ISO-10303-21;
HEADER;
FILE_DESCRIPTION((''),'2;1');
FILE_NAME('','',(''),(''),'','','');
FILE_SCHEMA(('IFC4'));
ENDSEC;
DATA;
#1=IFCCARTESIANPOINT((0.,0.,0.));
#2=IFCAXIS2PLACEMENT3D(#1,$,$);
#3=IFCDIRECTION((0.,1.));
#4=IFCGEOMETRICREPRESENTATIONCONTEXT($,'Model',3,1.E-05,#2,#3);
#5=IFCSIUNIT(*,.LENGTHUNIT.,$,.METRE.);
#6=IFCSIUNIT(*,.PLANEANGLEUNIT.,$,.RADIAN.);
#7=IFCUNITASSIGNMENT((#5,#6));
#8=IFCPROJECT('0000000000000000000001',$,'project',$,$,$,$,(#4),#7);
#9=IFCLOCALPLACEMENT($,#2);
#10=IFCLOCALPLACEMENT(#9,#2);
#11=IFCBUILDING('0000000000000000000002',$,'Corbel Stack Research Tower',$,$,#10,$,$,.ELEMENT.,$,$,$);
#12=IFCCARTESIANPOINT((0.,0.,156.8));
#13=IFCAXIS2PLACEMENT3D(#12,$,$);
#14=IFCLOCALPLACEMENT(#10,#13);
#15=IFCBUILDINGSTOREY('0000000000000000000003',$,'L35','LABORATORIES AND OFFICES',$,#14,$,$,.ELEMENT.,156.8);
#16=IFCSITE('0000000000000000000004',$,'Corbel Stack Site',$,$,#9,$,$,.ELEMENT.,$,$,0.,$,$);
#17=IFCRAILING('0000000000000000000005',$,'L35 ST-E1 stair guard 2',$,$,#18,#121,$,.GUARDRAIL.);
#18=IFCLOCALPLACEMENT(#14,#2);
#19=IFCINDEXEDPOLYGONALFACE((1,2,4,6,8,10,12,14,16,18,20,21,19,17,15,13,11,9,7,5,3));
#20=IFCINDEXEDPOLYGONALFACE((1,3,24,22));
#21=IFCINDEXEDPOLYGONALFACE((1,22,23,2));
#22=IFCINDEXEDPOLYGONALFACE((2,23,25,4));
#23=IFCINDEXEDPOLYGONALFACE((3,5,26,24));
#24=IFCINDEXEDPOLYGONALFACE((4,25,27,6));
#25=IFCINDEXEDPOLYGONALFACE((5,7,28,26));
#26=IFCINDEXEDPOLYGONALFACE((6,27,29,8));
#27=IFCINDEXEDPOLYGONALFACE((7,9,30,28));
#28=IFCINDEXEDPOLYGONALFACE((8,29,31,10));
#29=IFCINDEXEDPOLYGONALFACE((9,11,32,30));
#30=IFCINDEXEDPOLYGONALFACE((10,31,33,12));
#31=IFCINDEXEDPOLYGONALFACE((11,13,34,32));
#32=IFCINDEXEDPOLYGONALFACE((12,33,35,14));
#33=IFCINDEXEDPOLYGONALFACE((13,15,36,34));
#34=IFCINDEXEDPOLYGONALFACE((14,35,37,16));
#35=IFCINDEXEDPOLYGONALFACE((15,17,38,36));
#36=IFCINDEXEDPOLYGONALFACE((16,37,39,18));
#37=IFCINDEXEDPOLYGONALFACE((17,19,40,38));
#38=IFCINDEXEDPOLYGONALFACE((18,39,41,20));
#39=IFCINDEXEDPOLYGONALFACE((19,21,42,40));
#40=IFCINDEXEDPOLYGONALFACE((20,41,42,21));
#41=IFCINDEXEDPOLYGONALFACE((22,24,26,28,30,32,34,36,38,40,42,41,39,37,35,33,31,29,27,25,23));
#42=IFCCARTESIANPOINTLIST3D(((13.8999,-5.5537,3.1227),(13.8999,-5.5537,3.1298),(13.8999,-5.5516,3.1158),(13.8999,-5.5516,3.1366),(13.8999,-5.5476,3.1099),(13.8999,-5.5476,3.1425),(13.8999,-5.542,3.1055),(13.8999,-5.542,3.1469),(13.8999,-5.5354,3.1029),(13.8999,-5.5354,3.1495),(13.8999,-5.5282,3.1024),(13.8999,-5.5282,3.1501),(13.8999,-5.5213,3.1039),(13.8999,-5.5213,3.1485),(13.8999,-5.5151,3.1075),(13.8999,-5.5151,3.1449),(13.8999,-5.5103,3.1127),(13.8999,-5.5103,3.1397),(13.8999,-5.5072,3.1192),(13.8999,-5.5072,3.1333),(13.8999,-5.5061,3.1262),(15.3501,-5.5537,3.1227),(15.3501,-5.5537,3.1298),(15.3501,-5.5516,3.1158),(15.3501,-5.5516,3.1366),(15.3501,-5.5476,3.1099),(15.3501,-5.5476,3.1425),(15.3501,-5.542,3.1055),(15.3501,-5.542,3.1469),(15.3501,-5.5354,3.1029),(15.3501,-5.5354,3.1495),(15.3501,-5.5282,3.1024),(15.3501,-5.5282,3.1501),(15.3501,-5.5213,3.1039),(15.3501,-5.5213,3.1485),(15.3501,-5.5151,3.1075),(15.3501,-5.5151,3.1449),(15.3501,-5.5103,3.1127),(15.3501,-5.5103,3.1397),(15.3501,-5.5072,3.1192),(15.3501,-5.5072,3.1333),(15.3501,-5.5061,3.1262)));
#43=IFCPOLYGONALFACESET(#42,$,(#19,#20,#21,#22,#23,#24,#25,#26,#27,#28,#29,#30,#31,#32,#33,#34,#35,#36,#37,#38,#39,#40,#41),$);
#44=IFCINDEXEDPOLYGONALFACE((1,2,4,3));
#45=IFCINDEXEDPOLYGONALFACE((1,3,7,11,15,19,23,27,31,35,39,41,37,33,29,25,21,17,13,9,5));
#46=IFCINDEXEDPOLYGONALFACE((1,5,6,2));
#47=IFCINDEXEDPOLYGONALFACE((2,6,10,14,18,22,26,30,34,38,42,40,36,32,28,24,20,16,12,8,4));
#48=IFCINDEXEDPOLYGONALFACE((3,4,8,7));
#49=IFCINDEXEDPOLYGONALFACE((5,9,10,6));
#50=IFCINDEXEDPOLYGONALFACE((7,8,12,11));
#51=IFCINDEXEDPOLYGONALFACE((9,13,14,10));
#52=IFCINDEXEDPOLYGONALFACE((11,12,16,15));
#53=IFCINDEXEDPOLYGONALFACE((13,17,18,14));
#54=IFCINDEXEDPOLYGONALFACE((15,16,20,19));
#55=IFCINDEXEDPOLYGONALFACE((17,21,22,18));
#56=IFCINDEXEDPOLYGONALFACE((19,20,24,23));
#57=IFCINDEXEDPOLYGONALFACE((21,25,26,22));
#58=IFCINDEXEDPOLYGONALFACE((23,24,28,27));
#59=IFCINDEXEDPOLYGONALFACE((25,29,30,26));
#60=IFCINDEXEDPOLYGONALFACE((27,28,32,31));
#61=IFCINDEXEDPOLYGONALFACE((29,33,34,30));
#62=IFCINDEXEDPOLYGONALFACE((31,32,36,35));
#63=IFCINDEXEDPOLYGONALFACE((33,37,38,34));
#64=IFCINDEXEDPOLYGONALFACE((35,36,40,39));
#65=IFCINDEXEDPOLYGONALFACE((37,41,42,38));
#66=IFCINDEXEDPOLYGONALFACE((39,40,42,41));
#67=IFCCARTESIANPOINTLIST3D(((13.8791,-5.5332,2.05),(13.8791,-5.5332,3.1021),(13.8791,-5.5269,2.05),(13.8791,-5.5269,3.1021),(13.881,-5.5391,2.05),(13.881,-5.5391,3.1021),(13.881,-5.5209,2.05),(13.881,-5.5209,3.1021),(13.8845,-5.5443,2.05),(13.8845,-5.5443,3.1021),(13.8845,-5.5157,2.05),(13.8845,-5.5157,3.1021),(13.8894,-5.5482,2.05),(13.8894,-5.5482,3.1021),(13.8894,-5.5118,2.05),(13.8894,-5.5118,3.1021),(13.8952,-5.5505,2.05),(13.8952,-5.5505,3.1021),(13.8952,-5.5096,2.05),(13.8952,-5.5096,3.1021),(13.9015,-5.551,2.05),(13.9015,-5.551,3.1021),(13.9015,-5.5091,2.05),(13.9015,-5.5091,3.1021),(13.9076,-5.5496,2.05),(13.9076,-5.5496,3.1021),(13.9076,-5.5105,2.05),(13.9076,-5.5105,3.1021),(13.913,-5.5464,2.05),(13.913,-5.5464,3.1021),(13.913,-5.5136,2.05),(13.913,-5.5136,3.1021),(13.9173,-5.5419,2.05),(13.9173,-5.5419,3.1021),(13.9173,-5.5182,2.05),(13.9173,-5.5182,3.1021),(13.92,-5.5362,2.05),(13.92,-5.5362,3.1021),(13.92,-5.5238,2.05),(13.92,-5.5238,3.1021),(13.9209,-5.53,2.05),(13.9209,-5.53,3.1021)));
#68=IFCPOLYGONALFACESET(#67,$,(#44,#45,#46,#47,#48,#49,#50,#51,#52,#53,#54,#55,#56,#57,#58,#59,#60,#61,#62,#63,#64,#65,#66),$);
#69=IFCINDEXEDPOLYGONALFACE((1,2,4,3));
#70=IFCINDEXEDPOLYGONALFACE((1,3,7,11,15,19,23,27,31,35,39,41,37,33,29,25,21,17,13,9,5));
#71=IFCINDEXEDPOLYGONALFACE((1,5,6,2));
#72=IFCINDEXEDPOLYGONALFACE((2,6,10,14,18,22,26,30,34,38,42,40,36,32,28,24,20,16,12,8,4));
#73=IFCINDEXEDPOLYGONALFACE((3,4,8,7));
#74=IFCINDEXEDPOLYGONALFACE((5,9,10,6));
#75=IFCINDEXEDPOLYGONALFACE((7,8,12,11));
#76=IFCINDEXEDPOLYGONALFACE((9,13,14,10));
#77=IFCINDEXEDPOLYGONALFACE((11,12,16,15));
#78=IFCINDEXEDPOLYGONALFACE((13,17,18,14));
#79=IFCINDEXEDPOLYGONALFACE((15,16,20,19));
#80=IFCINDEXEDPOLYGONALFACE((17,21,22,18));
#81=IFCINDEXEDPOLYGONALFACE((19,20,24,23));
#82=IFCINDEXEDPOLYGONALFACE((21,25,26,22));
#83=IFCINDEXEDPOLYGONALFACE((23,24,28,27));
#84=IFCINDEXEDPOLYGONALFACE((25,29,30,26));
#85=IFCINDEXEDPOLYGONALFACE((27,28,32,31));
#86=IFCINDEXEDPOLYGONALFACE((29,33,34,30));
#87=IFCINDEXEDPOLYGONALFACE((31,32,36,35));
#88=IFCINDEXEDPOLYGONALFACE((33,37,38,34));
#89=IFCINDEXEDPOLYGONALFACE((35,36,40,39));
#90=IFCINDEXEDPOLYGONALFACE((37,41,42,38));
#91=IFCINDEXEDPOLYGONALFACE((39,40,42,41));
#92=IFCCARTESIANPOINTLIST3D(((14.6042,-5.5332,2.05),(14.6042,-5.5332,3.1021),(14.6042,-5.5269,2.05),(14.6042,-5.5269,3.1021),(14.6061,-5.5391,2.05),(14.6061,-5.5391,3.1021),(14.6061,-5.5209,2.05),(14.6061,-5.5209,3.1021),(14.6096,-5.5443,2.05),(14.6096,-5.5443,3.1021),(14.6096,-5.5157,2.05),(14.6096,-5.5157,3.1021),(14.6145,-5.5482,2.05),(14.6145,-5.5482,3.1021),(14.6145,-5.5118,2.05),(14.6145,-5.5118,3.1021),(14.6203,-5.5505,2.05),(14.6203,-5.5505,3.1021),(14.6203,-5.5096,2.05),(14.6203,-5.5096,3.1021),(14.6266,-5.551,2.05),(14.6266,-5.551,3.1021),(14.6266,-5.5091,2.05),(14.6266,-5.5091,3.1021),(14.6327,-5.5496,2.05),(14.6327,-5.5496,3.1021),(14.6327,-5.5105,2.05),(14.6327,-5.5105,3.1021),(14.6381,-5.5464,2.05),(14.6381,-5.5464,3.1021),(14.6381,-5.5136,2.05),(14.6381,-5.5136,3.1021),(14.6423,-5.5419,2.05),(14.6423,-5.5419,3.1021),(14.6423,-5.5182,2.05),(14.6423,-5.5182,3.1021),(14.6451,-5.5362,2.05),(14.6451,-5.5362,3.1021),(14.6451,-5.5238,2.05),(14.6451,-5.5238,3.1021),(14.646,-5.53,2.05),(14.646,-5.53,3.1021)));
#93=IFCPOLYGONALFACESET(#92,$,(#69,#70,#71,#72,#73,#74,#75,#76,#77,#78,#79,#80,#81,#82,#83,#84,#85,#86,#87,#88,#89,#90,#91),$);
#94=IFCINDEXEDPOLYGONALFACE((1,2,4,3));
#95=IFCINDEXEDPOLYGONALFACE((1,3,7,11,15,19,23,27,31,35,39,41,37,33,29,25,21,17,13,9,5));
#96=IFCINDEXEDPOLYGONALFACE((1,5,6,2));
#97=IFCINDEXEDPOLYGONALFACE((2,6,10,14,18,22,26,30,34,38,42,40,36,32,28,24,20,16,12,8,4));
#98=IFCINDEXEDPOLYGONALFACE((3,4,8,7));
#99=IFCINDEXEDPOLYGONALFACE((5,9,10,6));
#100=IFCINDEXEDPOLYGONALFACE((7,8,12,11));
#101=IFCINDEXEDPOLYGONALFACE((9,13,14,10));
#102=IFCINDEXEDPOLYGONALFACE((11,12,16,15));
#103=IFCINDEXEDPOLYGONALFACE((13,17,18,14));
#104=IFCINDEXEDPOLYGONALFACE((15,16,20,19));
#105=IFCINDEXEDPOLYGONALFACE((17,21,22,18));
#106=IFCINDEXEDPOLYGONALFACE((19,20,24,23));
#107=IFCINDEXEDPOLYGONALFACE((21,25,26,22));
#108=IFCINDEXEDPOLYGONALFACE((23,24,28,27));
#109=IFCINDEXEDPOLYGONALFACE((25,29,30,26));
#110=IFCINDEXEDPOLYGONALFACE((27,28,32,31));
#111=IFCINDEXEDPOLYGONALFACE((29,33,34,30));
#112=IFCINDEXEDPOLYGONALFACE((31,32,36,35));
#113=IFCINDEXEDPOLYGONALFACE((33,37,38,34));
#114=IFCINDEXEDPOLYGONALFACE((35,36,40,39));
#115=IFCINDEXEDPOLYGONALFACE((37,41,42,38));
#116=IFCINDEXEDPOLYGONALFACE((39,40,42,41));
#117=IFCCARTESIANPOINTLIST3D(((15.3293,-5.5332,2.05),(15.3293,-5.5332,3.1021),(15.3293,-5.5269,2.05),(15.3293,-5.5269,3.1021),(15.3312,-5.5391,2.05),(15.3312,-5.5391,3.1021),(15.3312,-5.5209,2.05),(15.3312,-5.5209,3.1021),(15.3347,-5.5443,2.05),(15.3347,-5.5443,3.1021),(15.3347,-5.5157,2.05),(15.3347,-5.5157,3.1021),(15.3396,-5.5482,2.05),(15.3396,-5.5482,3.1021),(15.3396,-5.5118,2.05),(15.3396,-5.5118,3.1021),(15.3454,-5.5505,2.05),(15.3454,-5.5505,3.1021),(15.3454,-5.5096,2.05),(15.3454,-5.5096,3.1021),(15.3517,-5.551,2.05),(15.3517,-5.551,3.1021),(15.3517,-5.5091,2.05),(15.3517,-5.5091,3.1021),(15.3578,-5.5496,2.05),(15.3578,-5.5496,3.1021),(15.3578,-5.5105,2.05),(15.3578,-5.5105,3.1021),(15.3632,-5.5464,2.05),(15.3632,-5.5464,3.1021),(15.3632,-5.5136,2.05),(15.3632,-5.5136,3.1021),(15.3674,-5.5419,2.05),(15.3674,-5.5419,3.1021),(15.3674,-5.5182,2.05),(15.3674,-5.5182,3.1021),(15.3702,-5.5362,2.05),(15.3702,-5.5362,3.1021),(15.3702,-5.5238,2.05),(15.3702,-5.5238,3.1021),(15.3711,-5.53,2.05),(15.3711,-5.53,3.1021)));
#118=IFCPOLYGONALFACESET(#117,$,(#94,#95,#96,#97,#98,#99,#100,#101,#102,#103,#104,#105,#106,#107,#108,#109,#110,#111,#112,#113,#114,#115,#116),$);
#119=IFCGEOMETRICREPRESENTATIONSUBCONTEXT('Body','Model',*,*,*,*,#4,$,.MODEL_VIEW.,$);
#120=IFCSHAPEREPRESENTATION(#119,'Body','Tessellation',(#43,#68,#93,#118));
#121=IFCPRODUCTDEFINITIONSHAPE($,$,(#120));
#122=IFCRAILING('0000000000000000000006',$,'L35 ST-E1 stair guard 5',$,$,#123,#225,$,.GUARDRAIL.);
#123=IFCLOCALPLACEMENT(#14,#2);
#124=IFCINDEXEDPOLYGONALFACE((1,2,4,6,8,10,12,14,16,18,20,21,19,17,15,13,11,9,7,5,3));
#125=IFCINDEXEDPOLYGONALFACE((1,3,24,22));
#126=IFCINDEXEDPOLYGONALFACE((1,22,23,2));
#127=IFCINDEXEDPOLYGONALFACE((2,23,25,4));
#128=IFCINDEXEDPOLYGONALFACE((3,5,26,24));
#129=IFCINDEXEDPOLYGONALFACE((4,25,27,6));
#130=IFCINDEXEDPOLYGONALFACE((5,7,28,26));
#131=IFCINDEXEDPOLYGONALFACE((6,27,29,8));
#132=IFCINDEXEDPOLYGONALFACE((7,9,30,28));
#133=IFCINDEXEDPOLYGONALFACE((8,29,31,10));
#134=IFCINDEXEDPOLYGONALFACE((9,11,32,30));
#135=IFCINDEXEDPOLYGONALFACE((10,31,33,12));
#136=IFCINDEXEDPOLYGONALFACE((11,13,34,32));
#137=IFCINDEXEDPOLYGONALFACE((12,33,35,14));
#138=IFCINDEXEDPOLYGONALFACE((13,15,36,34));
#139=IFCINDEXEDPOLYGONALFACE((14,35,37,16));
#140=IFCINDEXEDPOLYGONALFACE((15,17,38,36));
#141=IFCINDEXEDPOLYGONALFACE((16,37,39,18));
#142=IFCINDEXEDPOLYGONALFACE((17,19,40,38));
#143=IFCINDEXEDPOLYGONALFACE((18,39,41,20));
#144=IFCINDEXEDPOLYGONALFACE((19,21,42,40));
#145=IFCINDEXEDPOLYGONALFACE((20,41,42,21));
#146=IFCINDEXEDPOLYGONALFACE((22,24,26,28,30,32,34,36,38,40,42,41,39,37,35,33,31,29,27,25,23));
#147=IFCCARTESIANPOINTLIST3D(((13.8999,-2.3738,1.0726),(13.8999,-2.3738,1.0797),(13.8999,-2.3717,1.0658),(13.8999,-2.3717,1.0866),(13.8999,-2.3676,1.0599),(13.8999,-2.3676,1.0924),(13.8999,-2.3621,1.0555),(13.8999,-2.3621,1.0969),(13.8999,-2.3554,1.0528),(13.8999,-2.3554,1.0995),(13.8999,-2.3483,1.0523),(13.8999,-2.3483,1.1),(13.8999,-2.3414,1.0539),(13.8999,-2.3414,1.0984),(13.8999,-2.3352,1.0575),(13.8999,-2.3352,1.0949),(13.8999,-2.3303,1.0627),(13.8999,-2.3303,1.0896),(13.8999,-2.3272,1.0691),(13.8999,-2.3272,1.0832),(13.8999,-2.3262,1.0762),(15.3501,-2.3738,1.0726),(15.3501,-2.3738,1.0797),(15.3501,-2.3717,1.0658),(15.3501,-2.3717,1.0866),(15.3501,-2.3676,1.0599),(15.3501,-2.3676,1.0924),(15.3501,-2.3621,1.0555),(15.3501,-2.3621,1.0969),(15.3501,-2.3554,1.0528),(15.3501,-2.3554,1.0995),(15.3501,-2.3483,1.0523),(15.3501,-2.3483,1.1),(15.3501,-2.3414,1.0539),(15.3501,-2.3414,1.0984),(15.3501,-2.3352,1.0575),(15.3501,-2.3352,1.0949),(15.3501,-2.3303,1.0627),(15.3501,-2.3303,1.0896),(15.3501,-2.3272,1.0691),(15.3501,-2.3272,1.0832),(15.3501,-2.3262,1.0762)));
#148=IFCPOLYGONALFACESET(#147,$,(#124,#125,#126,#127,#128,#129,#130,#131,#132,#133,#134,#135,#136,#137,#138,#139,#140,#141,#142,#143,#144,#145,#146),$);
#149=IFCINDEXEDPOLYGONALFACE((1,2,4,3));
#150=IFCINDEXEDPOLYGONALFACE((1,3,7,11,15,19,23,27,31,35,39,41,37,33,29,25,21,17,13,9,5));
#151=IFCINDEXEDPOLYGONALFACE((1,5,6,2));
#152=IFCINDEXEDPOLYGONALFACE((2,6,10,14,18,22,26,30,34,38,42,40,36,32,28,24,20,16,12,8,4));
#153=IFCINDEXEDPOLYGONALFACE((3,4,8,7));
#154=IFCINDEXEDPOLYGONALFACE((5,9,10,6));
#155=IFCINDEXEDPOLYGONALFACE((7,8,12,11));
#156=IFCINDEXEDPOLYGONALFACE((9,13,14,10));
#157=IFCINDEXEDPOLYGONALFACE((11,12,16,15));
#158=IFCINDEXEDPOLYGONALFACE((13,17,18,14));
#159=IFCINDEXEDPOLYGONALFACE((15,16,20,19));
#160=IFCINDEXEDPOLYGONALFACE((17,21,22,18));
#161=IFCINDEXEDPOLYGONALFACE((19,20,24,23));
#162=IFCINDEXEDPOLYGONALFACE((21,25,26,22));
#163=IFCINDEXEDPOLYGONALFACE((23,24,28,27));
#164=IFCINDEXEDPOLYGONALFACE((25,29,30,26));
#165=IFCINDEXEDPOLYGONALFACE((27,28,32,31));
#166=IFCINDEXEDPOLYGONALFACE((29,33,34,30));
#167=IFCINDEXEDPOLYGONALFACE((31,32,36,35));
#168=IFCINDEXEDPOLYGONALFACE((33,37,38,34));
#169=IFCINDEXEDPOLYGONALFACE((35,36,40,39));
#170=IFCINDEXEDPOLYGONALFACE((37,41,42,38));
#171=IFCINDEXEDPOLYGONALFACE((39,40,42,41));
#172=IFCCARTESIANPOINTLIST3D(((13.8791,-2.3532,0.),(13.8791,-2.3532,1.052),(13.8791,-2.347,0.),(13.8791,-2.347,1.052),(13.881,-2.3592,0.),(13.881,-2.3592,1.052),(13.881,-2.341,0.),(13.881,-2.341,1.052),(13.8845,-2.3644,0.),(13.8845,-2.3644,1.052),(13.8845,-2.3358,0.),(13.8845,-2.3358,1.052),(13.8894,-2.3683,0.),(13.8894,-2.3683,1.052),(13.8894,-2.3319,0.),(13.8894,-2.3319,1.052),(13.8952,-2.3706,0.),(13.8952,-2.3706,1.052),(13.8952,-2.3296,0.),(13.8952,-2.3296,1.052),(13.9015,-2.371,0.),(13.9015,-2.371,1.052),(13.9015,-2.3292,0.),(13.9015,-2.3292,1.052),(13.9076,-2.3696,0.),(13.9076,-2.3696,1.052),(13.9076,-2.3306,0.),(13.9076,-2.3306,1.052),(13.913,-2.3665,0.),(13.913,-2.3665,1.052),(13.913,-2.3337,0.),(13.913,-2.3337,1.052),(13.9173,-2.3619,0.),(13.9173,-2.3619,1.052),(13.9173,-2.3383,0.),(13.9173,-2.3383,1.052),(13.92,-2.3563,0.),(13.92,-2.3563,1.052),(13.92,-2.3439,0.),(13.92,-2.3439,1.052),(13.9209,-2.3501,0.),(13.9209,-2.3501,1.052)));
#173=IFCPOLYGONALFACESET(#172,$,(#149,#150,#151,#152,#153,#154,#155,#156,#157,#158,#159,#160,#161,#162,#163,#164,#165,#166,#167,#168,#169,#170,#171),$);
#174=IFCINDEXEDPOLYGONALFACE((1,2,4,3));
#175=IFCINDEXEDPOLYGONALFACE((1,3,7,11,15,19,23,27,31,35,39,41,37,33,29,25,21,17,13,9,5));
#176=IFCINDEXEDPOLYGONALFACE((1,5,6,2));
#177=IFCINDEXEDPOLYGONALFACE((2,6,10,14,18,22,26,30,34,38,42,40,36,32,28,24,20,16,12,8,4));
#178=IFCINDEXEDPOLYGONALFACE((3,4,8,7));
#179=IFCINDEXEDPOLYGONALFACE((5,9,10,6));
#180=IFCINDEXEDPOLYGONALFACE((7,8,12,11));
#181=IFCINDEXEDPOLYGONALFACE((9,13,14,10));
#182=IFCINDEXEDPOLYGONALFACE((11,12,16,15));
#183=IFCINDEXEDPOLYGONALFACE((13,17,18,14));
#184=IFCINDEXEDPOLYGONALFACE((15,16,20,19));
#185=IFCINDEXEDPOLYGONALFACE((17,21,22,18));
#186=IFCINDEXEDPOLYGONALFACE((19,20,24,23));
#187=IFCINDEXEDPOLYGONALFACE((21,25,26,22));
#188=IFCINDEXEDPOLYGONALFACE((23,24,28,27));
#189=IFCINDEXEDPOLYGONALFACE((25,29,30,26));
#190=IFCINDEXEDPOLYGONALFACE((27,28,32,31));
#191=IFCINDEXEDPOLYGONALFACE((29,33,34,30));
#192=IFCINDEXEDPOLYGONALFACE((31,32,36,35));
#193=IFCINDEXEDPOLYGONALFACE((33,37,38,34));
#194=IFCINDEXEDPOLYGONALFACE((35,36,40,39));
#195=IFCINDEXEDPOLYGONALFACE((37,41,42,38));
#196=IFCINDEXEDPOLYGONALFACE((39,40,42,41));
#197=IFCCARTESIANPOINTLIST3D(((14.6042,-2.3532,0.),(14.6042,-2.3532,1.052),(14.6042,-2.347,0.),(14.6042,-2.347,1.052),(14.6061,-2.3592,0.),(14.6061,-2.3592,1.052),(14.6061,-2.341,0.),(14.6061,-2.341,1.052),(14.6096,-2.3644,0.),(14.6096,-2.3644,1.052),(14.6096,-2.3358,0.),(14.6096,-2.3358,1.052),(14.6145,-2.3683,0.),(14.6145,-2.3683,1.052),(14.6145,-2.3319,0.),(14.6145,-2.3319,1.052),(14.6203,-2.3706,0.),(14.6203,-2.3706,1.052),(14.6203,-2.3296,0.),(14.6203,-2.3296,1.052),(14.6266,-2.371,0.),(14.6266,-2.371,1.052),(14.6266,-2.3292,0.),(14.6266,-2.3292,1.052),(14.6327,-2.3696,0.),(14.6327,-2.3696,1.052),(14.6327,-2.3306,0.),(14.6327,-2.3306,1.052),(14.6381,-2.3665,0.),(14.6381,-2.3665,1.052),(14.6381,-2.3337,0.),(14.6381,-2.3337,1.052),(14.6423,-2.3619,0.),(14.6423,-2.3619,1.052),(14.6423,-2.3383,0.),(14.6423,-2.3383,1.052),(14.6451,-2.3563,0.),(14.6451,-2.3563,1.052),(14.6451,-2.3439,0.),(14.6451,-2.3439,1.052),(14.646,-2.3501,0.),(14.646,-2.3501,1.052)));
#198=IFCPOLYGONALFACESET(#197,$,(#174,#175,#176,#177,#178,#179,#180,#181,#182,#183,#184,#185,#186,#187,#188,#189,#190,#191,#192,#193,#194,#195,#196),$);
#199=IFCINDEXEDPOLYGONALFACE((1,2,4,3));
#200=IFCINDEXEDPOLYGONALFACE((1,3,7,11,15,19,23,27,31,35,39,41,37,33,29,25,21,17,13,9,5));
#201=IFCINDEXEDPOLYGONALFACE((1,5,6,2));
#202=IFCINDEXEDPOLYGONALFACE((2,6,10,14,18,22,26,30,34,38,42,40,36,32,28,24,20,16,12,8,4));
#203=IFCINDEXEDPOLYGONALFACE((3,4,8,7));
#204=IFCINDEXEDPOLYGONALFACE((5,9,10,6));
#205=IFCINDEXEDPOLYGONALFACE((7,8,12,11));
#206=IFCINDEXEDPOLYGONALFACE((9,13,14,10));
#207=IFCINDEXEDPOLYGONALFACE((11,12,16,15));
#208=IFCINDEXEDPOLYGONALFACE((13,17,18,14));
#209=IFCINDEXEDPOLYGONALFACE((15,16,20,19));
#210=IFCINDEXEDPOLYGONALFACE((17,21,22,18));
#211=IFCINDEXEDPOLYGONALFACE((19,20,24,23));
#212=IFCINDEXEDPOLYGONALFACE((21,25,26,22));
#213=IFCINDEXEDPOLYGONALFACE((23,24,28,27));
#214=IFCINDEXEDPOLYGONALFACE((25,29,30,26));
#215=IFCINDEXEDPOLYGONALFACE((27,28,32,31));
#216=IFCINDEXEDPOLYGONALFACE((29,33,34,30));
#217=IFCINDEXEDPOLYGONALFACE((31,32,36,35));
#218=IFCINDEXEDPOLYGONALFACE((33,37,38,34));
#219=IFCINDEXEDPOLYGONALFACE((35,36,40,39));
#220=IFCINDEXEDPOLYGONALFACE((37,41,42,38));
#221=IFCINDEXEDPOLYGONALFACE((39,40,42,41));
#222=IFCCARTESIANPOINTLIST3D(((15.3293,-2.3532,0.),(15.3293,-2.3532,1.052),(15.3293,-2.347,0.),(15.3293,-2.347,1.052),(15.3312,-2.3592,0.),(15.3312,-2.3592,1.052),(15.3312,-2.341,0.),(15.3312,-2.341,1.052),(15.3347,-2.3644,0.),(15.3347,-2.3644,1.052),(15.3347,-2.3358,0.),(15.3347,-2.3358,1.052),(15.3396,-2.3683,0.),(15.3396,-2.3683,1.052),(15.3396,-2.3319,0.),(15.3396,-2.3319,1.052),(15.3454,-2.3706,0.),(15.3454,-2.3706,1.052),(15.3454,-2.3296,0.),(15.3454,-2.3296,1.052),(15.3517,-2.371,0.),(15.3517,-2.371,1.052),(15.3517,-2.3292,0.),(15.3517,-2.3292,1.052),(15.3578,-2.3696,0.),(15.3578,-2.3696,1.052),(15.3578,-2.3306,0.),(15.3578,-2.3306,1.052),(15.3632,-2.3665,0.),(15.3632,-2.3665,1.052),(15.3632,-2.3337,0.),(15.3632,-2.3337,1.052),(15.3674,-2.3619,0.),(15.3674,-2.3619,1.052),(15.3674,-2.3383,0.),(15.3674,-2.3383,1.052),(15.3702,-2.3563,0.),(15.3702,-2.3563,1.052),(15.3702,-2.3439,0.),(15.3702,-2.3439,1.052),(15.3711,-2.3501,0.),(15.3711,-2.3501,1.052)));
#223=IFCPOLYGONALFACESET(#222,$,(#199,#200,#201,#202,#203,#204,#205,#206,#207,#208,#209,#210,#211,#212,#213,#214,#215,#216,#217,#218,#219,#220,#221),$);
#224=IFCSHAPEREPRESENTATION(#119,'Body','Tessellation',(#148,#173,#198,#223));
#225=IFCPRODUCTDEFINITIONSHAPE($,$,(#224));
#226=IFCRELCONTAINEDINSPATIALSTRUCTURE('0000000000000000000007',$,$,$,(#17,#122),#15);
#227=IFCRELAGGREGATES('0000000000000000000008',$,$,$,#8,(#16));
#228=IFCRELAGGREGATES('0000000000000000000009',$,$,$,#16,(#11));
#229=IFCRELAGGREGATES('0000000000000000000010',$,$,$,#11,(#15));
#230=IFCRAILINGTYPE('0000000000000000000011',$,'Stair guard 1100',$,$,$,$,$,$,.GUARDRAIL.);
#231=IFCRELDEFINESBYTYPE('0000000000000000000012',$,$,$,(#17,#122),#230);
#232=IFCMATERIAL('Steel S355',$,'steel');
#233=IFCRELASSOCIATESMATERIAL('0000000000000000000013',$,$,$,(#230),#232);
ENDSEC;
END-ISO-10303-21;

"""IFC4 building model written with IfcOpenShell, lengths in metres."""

from ifc_helpers import new_model, si_unit, direction, frame, origin, origin_2d, place, context, subcontext, project, spatial, circle, extrude, material, type_object, element, save


model = new_model("IFC4")

# Units and contexts
model_context = context("Model", 3, precision=1e-05, world=origin(), true_north=direction((0.0, 1.0)))
body_context = subcontext(model_context, "Body", "Model", "MODEL_VIEW")
ifc_project = project(units=[si_unit("LENGTHUNIT", "METRE"), si_unit("PLANEANGLEUNIT", "RADIAN")], contexts=[model_context])

# Site, building, storey
site_placement = place(None, origin())
site = spatial("IfcSite", under=ifc_project, at=site_placement, Name="Corbel Stack Site", CompositionType="ELEMENT", RefElevation=0.0)
building_placement = place(site_placement, origin())
building = spatial("IfcBuilding", under=site, at=building_placement, Name="Corbel Stack Research Tower", CompositionType="ELEMENT")
storey_placement = place(building_placement, frame((0.0, 0.0, 156.8)))
storey = spatial("IfcBuildingStorey", under=building, at=storey_placement, Name="L35", Description="LABORATORIES AND OFFICES", CompositionType="ELEMENT", Elevation=156.8)

# Railings
ifc_material_1 = material(Name="Steel S355", Category="steel")
railing_type_1 = type_object("IfcRailingType", Name="Stair guard 1100", PredefinedType="GUARDRAIL", material=ifc_material_1)
for number, where, name in (
    (1, (13.8999, -5.53, 2.05), "L35 ST-E1 stair guard 2"),
    (2, (13.8999, -2.3501, 0.0), "L35 ST-E1 stair guard 5"),
):
    element("IfcRailing", number, at=place(storey_placement, frame(where)), inside=storey, type_object=railing_type_1, Name=name, PredefinedType="GUARDRAIL", context=body_context, shape_type="SweptSolid", body=[
        extrude(circle(Radius=0.0239, at=origin_2d()), frame((0.0, 0.0, 1.0762), z_axis=(1.0, 0.0, 0.0), x_axis=(0.0, 1.0, 0.0)), (0.0, 0.0, 1.0), 1.4502),
        extrude(circle(Radius=0.021, at=origin_2d()), origin(), (0.0, 0.0, 1.0), 1.052),
        extrude(circle(Radius=0.021, at=origin_2d()), frame((0.7251, 0.0, 0.0)), (0.0, 0.0, 1.0), 1.052),
        extrude(circle(Radius=0.021, at=origin_2d()), frame((1.4502, 0.0, 0.0)), (0.0, 0.0, 1.0), 1.052),
    ])

save(model, "model.ifc")
